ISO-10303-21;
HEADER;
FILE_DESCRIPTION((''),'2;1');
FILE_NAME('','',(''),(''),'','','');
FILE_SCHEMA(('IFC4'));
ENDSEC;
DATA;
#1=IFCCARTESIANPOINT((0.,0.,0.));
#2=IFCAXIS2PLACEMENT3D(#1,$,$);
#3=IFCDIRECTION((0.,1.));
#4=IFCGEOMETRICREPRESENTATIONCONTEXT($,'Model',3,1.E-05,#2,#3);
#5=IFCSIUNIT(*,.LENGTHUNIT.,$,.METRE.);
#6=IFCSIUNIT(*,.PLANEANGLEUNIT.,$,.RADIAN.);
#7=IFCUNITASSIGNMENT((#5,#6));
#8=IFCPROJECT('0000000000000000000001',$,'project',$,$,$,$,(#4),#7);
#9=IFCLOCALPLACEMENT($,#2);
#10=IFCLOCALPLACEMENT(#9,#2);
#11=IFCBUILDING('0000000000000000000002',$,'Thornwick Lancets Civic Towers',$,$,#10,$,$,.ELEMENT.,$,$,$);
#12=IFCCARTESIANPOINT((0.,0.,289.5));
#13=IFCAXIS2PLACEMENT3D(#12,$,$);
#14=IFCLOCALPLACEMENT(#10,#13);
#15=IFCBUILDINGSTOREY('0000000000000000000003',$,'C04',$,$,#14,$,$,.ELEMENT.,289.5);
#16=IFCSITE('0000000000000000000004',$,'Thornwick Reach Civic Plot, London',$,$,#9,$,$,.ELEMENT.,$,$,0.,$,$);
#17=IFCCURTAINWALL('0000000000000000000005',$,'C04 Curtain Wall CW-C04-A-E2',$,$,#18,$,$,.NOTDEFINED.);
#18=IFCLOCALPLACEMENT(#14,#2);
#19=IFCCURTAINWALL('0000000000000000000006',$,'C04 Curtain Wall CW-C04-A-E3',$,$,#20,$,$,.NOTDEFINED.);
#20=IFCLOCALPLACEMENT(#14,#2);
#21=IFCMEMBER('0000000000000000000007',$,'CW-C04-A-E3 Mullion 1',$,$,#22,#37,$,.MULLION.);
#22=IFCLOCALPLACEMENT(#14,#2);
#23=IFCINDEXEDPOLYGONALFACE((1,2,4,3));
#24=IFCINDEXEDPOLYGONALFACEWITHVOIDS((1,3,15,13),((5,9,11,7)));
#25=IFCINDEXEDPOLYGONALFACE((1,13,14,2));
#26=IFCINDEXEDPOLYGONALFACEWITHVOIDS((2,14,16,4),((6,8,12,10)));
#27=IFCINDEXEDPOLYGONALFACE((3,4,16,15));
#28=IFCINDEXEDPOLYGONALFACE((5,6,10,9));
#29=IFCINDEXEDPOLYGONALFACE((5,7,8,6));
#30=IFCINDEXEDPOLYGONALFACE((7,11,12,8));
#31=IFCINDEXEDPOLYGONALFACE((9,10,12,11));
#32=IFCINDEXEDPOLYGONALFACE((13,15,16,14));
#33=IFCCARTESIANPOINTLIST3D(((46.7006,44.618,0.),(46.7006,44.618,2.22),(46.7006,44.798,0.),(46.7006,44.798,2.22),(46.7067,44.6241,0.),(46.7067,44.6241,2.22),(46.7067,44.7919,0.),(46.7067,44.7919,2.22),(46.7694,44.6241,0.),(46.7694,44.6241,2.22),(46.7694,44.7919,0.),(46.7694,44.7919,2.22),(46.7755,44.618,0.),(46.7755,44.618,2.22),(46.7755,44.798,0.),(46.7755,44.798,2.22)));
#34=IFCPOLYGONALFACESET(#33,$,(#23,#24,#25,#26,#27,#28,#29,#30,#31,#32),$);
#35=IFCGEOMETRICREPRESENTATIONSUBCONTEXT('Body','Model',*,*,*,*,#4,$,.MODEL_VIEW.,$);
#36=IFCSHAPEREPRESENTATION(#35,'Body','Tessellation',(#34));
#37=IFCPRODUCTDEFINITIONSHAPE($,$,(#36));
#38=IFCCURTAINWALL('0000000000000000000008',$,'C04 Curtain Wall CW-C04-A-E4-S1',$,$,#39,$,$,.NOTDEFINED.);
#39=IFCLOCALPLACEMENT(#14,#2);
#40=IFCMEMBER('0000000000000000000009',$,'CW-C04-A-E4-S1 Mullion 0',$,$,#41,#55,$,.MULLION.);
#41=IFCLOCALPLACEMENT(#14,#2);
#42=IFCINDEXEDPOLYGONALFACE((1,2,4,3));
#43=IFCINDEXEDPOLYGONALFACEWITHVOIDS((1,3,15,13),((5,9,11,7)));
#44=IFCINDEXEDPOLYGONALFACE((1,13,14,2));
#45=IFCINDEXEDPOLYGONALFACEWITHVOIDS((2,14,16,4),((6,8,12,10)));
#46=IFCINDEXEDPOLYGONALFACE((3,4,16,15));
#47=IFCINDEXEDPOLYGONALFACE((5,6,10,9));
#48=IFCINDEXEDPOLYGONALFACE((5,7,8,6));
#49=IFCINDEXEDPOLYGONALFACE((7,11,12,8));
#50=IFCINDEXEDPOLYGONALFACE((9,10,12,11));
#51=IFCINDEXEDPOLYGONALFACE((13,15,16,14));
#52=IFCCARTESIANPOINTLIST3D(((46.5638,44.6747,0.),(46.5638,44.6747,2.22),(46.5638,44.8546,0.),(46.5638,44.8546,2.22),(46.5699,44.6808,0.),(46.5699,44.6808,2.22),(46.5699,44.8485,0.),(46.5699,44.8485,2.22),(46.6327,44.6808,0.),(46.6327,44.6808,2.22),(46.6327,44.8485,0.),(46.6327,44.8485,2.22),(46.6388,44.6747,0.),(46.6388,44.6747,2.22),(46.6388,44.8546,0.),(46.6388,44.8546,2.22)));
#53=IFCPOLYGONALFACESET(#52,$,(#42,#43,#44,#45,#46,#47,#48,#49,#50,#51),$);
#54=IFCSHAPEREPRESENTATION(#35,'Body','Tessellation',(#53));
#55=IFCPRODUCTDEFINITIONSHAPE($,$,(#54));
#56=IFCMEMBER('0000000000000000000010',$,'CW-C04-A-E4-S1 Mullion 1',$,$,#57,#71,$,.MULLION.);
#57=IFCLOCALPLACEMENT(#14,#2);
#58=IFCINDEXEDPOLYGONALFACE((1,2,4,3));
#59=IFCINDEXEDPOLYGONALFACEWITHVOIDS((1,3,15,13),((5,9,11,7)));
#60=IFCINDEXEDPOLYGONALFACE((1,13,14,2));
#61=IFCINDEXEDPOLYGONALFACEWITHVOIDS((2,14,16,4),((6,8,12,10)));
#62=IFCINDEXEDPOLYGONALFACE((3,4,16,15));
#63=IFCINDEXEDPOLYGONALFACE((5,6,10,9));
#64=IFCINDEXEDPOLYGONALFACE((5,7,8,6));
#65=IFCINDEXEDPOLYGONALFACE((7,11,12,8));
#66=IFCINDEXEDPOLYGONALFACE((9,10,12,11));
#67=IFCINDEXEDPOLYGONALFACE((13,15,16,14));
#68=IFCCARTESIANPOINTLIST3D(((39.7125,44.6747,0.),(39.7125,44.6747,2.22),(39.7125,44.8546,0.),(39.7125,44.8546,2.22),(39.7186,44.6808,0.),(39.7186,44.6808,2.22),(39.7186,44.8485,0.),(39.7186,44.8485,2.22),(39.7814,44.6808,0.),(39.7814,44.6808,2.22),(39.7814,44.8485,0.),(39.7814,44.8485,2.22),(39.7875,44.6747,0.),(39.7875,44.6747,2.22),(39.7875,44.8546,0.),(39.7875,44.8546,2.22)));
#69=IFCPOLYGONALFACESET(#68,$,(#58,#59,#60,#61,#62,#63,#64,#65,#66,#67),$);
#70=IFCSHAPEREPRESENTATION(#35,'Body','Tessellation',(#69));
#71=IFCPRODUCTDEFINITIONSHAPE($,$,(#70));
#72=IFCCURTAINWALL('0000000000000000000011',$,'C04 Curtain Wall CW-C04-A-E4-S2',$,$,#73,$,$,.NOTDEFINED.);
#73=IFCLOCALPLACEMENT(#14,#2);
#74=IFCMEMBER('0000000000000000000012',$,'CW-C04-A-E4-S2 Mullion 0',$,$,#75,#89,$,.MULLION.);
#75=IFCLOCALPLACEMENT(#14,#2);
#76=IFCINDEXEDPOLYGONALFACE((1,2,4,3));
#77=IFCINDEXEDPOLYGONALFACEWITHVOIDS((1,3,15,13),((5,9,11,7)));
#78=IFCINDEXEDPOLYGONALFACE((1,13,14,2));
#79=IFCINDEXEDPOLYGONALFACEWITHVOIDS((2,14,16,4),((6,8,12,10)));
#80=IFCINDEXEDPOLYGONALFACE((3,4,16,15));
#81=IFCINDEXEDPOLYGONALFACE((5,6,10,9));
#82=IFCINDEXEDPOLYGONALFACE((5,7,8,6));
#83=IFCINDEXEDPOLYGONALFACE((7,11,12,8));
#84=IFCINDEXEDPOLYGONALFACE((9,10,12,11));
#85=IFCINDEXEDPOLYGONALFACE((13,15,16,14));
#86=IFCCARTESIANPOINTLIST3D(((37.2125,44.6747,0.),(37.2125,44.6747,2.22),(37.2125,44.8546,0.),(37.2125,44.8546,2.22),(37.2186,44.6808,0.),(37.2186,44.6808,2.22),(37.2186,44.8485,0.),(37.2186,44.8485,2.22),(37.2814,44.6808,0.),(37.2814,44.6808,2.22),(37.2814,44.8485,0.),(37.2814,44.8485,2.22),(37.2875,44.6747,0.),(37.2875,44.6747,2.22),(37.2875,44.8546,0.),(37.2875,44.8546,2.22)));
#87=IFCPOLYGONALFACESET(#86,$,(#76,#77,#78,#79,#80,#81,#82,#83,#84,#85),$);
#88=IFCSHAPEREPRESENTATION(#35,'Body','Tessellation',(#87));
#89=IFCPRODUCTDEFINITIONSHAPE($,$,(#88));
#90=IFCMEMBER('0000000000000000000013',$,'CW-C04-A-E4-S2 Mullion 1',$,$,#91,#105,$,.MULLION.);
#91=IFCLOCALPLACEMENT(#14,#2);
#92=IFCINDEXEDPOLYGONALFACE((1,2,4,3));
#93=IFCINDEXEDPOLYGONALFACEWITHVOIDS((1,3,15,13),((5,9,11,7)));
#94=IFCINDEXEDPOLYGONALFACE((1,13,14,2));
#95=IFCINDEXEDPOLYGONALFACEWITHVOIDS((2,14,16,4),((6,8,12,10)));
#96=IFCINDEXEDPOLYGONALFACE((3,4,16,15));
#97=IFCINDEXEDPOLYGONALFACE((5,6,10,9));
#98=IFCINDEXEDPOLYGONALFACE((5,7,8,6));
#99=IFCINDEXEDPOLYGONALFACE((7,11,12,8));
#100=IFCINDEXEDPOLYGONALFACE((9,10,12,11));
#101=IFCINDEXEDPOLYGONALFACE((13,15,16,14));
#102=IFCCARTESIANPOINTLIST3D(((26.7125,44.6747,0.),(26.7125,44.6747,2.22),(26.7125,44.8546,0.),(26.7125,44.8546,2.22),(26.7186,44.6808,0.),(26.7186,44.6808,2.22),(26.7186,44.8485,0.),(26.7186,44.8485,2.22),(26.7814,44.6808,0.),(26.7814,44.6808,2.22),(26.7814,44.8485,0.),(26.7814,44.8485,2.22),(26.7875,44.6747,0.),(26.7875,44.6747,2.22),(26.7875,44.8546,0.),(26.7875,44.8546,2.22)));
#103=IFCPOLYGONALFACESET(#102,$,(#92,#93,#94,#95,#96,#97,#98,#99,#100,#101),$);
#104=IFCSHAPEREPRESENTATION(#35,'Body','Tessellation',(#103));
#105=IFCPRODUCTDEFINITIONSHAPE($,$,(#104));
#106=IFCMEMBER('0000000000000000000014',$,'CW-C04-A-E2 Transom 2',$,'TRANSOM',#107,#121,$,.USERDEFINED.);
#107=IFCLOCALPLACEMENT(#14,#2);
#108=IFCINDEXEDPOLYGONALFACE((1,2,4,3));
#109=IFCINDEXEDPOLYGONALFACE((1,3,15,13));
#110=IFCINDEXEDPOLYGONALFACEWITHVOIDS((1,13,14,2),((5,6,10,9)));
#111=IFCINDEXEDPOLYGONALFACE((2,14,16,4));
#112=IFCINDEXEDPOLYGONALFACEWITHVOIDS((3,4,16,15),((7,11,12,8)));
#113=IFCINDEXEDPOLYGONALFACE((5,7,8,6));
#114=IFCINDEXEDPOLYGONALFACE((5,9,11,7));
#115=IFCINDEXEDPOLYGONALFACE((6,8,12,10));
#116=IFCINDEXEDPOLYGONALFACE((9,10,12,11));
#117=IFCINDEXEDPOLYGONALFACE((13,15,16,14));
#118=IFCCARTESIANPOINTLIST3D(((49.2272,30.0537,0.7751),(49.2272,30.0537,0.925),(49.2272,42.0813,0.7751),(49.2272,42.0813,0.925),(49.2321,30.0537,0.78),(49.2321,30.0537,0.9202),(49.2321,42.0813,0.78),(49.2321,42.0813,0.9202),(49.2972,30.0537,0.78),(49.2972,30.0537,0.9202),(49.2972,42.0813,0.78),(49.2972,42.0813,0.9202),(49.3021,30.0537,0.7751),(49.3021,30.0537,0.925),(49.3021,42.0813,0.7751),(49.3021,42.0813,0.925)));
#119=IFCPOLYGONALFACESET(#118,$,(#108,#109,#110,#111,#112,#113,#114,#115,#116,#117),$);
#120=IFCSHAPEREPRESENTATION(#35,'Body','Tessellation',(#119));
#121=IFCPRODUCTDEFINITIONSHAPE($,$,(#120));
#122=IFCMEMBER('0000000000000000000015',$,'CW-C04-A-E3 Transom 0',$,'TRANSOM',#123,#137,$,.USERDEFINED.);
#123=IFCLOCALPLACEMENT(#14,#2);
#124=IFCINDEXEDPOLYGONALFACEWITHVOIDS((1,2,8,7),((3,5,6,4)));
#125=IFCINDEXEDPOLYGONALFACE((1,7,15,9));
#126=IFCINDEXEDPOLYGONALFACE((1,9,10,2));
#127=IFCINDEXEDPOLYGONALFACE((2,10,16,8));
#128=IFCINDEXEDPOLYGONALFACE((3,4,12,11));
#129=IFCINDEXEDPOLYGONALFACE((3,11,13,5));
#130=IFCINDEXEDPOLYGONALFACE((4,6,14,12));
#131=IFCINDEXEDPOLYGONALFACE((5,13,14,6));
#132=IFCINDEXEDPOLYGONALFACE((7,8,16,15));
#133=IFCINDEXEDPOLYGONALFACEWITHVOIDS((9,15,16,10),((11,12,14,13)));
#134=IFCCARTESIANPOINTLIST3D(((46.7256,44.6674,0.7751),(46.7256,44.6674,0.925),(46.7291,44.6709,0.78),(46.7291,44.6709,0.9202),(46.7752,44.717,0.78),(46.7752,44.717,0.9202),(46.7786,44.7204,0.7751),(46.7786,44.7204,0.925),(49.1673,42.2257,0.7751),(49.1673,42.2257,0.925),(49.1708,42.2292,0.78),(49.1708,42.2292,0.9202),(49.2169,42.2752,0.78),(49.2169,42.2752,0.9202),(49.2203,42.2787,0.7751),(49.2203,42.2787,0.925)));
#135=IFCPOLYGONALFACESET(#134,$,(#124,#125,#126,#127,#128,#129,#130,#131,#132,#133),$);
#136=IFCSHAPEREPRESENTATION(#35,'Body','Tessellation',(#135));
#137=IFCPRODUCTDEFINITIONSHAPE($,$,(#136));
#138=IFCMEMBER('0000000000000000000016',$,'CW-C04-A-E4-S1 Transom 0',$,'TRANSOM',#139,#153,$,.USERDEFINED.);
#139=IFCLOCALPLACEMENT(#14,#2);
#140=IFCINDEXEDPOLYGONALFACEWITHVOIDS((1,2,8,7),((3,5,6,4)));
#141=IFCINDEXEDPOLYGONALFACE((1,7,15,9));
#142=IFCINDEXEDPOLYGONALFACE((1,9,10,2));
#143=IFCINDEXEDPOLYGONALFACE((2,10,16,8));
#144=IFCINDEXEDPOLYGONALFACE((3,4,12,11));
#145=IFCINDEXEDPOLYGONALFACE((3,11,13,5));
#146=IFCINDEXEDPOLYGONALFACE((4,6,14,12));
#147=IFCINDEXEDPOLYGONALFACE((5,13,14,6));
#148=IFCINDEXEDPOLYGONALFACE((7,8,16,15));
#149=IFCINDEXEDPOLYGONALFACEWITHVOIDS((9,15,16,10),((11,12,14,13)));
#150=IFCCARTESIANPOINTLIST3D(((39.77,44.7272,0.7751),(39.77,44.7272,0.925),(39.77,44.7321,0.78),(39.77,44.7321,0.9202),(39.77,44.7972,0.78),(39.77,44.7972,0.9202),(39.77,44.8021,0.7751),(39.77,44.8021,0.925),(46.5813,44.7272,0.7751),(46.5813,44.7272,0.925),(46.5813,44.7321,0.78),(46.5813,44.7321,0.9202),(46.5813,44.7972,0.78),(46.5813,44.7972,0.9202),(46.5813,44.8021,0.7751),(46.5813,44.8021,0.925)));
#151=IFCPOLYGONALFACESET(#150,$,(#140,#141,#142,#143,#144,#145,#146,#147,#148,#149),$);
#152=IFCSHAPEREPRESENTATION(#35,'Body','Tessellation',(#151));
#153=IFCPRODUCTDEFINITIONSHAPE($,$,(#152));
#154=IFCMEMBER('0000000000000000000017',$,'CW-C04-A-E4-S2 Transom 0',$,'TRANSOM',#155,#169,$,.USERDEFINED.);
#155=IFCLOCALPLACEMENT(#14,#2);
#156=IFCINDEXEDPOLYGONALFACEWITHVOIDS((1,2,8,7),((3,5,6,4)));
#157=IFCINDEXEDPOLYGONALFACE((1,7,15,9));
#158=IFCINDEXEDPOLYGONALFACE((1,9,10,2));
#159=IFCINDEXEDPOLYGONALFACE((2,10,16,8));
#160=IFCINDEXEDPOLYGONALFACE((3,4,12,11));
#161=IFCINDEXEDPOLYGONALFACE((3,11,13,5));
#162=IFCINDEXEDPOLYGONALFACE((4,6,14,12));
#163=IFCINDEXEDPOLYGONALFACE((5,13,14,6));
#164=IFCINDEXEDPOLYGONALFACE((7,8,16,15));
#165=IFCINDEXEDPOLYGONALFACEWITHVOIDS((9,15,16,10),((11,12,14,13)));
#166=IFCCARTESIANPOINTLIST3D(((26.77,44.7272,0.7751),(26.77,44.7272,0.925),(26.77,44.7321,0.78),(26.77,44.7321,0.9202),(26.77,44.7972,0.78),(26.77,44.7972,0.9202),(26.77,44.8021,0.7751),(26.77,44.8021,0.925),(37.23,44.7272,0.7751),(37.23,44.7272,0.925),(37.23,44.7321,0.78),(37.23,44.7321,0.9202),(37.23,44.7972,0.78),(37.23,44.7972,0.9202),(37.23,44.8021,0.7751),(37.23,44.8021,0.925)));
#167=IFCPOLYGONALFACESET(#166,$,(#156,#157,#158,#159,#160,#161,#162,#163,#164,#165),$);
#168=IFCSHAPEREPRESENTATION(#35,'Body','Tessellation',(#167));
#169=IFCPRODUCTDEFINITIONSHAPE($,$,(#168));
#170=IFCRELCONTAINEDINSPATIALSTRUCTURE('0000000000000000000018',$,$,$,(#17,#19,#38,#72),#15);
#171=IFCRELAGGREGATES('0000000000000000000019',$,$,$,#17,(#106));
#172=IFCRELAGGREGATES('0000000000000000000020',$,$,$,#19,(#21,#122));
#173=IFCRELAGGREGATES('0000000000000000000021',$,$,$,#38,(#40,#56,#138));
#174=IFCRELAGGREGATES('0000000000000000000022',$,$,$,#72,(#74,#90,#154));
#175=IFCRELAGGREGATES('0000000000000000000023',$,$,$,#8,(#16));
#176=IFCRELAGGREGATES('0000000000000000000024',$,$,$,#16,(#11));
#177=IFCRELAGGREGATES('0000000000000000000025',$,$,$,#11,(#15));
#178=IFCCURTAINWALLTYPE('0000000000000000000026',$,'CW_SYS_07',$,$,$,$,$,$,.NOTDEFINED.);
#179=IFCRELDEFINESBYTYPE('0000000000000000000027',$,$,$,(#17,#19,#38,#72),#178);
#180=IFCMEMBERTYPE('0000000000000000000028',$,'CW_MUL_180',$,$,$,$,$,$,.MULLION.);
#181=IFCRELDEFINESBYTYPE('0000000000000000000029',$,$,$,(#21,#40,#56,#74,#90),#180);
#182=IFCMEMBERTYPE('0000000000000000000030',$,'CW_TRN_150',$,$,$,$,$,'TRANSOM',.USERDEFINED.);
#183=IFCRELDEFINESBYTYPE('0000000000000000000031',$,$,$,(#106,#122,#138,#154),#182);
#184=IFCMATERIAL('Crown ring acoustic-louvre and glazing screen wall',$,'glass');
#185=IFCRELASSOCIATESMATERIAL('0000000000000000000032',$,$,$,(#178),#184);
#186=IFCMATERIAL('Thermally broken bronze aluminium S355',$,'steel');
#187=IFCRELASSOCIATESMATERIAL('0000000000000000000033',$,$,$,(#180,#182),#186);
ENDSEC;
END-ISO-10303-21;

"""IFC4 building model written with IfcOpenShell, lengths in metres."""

from ifc_helpers import new_model, si_unit, direction, frame, origin, origin_2d, place, context, subcontext, project, spatial, hollow_rectangle, extrude, material, material_profile, profile_set, type_object, element, aggregate, save


model = new_model("IFC4")

# Units and contexts
model_context = context("Model", 3, precision=1e-05, world=origin(), true_north=direction((0.0, 1.0)))
body_context = subcontext(model_context, "Body", "Model", "MODEL_VIEW")
ifc_project = project(units=[si_unit("LENGTHUNIT", "METRE"), si_unit("PLANEANGLEUNIT", "RADIAN")], contexts=[model_context])

# Site, building, storey
site_placement = place(None, origin())
site = spatial("IfcSite", under=ifc_project, at=site_placement, Name="Thornwick Reach Civic Plot, London", CompositionType="ELEMENT", RefElevation=0.0)
building_placement = place(site_placement, origin())
building = spatial("IfcBuilding", under=site, at=building_placement, Name="Thornwick Lancets Civic Towers", CompositionType="ELEMENT")
storey_placement = place(building_placement, frame((0.0, 0.0, 289.5)))
storey = spatial("IfcBuildingStorey", under=building, at=storey_placement, Name="C04", CompositionType="ELEMENT", Elevation=289.5)

# Curtain walls, members
ifc_material_1 = material(Name="Crown ring acoustic-louvre and glazing screen wall", Category="glass")
curtain_wall_type = type_object("IfcCurtainWallType", Name="CW_SYS_07", PredefinedType="NOTDEFINED", material=ifc_material_1)
curtain_wall_1_placement = place(storey_placement, origin())
curtain_wall_1 = element("IfcCurtainWall", 1, at=curtain_wall_1_placement, inside=storey, type_object=curtain_wall_type, Name="C04 Curtain Wall CW-C04-A-E2", PredefinedType="NOTDEFINED")
ifc_material_2 = material(Name="Thermally broken bronze aluminium S355", Category="steel")
ifc_material_profile_1 = material_profile(ifc_material_2, hollow_rectangle(XDim=0.075, YDim=0.1799, WallThickness=0.0061, at=origin_2d()), Name="RHS 180x75x6")
ifc_profile_set_1 = profile_set([ifc_material_profile_1], Name="Thermally broken bronze aluminium S355")
member_type_1 = type_object("IfcMemberType", Name="CW_MUL_180", PredefinedType="MULLION", material=ifc_profile_set_1)
curtain_wall_2_placement = place(storey_placement, origin())
curtain_wall_2 = element("IfcCurtainWall", 2, at=curtain_wall_2_placement, inside=storey, type_object=curtain_wall_type, Name="C04 Curtain Wall CW-C04-A-E3", PredefinedType="NOTDEFINED")
member_1_placement = place(storey_placement, frame((46.738, 44.708, 0.0), z_axis=(0.0, 0.0, 1.0), x_axis=(1.0, 0.0, 0.0)))
member_1 = element("IfcMember", 3, at=member_1_placement, type_object=member_type_1, Name="CW-C04-A-E3 Mullion 1", PredefinedType="MULLION", context=body_context, shape_type="SweptSolid", body=[
    extrude(hollow_rectangle(XDim=0.075, YDim=0.1799, WallThickness=0.0061, at=origin_2d()), origin(), (0.0, 0.0, 1.0), 2.22),
])
curtain_wall_3_placement = place(storey_placement, origin())
curtain_wall_3 = element("IfcCurtainWall", 4, at=curtain_wall_3_placement, inside=storey, type_object=curtain_wall_type, Name="C04 Curtain Wall CW-C04-A-E4-S1", PredefinedType="NOTDEFINED")
member_2_placement = place(storey_placement, frame((46.6013, 44.7646, 0.0), z_axis=(0.0, 0.0, 1.0), x_axis=(1.0, 0.0, 0.0)))
member_2 = element("IfcMember", 5, at=member_2_placement, type_object=member_type_1, Name="CW-C04-A-E4-S1 Mullion 0", PredefinedType="MULLION", context=body_context, shape_type="SweptSolid", body=[
    extrude(hollow_rectangle(XDim=0.075, YDim=0.1799, WallThickness=0.0061, at=origin_2d()), origin(), (0.0, 0.0, 1.0), 2.22),
])
member_3_placement = place(storey_placement, frame((39.75, 44.7646, 0.0), z_axis=(0.0, 0.0, 1.0), x_axis=(1.0, 0.0, 0.0)))
member_3 = element("IfcMember", 6, at=member_3_placement, type_object=member_type_1, Name="CW-C04-A-E4-S1 Mullion 1", PredefinedType="MULLION", context=body_context, shape_type="SweptSolid", body=[
    extrude(hollow_rectangle(XDim=0.075, YDim=0.1799, WallThickness=0.0061, at=origin_2d()), origin(), (0.0, 0.0, 1.0), 2.22),
])
curtain_wall_4_placement = place(storey_placement, origin())
curtain_wall_4 = element("IfcCurtainWall", 7, at=curtain_wall_4_placement, inside=storey, type_object=curtain_wall_type, Name="C04 Curtain Wall CW-C04-A-E4-S2", PredefinedType="NOTDEFINED")
member_4_placement = place(storey_placement, frame((37.25, 44.7646, 0.0), z_axis=(0.0, 0.0, 1.0), x_axis=(1.0, 0.0, 0.0)))
member_4 = element("IfcMember", 8, at=member_4_placement, type_object=member_type_1, Name="CW-C04-A-E4-S2 Mullion 0", PredefinedType="MULLION", context=body_context, shape_type="SweptSolid", body=[
    extrude(hollow_rectangle(XDim=0.075, YDim=0.1799, WallThickness=0.0061, at=origin_2d()), origin(), (0.0, 0.0, 1.0), 2.22),
])
member_5_placement = place(storey_placement, frame((26.75, 44.7646, 0.0), z_axis=(0.0, 0.0, 1.0), x_axis=(1.0, 0.0, 0.0)))
member_5 = element("IfcMember", 9, at=member_5_placement, type_object=member_type_1, Name="CW-C04-A-E4-S2 Mullion 1", PredefinedType="MULLION", context=body_context, shape_type="SweptSolid", body=[
    extrude(hollow_rectangle(XDim=0.075, YDim=0.1799, WallThickness=0.0061, at=origin_2d()), origin(), (0.0, 0.0, 1.0), 2.22),
])

# Members
ifc_material_profile_2 = material_profile(ifc_material_2, hollow_rectangle(XDim=0.075, YDim=0.1499, WallThickness=0.0049, at=origin_2d()), Name="RHS 150x75x5")
ifc_profile_set_2 = profile_set([ifc_material_profile_2], Name="Thermally broken bronze aluminium S355")
member_type_2 = type_object("IfcMemberType", Name="CW_TRN_150", ElementType="TRANSOM", PredefinedType="USERDEFINED", material=ifc_profile_set_2)
member_6_placement = place(storey_placement, frame((49.2646, 30.0537, 0.8501), z_axis=(0.0, 1.0, 0.0), x_axis=(-1.0, 0.0, 0.0)))
member_6 = element("IfcMember", 10, at=member_6_placement, type_object=member_type_2, Name="CW-C04-A-E2 Transom 2", ObjectType="TRANSOM", PredefinedType="USERDEFINED", context=body_context, shape_type="SweptSolid", body=[
    extrude(hollow_rectangle(XDim=0.075, YDim=0.1499, WallThickness=0.0049, at=origin_2d()), origin(), (0.0, 0.0, 1.0), 12.0276),
])
aggregate(curtain_wall_1, [member_6])
member_7_placement = place(storey_placement, frame((49.1938, 42.2522, 0.8501), z_axis=(-0.707107, 0.707107, 0.0), x_axis=(-0.707107, -0.707107, 0.0)))
member_7 = element("IfcMember", 11, at=member_7_placement, type_object=member_type_2, Name="CW-C04-A-E3 Transom 0", ObjectType="TRANSOM", PredefinedType="USERDEFINED", context=body_context, shape_type="SweptSolid", body=[
    extrude(hollow_rectangle(XDim=0.075, YDim=0.1499, WallThickness=0.0049, at=origin_2d()), origin(), (0.0, 0.0, 1.0), 3.4531),
])
member_8_placement = place(storey_placement, frame((46.5813, 44.7646, 0.8501), z_axis=(-1.0, 0.0, 0.0), x_axis=(0.0, -1.0, 0.0)))
member_8 = element("IfcMember", 12, at=member_8_placement, type_object=member_type_2, Name="CW-C04-A-E4-S1 Transom 0", ObjectType="TRANSOM", PredefinedType="USERDEFINED", context=body_context, shape_type="SweptSolid", body=[
    extrude(hollow_rectangle(XDim=0.075, YDim=0.1499, WallThickness=0.0049, at=origin_2d()), origin(), (0.0, 0.0, 1.0), 6.8113),
])
member_9_placement = place(storey_placement, frame((37.23, 44.7646, 0.8501), z_axis=(-1.0, 0.0, 0.0), x_axis=(0.0, -1.0, 0.0)))
member_9 = element("IfcMember", 13, at=member_9_placement, type_object=member_type_2, Name="CW-C04-A-E4-S2 Transom 0", ObjectType="TRANSOM", PredefinedType="USERDEFINED", context=body_context, shape_type="SweptSolid", body=[
    extrude(hollow_rectangle(XDim=0.075, YDim=0.1499, WallThickness=0.0049, at=origin_2d()), origin(), (0.0, 0.0, 1.0), 10.46),
])

aggregate(curtain_wall_2, [member_1, member_7])
aggregate(curtain_wall_3, [member_2, member_3, member_8])
aggregate(curtain_wall_4, [member_4, member_5, member_9])

save(model, "model.ifc")
